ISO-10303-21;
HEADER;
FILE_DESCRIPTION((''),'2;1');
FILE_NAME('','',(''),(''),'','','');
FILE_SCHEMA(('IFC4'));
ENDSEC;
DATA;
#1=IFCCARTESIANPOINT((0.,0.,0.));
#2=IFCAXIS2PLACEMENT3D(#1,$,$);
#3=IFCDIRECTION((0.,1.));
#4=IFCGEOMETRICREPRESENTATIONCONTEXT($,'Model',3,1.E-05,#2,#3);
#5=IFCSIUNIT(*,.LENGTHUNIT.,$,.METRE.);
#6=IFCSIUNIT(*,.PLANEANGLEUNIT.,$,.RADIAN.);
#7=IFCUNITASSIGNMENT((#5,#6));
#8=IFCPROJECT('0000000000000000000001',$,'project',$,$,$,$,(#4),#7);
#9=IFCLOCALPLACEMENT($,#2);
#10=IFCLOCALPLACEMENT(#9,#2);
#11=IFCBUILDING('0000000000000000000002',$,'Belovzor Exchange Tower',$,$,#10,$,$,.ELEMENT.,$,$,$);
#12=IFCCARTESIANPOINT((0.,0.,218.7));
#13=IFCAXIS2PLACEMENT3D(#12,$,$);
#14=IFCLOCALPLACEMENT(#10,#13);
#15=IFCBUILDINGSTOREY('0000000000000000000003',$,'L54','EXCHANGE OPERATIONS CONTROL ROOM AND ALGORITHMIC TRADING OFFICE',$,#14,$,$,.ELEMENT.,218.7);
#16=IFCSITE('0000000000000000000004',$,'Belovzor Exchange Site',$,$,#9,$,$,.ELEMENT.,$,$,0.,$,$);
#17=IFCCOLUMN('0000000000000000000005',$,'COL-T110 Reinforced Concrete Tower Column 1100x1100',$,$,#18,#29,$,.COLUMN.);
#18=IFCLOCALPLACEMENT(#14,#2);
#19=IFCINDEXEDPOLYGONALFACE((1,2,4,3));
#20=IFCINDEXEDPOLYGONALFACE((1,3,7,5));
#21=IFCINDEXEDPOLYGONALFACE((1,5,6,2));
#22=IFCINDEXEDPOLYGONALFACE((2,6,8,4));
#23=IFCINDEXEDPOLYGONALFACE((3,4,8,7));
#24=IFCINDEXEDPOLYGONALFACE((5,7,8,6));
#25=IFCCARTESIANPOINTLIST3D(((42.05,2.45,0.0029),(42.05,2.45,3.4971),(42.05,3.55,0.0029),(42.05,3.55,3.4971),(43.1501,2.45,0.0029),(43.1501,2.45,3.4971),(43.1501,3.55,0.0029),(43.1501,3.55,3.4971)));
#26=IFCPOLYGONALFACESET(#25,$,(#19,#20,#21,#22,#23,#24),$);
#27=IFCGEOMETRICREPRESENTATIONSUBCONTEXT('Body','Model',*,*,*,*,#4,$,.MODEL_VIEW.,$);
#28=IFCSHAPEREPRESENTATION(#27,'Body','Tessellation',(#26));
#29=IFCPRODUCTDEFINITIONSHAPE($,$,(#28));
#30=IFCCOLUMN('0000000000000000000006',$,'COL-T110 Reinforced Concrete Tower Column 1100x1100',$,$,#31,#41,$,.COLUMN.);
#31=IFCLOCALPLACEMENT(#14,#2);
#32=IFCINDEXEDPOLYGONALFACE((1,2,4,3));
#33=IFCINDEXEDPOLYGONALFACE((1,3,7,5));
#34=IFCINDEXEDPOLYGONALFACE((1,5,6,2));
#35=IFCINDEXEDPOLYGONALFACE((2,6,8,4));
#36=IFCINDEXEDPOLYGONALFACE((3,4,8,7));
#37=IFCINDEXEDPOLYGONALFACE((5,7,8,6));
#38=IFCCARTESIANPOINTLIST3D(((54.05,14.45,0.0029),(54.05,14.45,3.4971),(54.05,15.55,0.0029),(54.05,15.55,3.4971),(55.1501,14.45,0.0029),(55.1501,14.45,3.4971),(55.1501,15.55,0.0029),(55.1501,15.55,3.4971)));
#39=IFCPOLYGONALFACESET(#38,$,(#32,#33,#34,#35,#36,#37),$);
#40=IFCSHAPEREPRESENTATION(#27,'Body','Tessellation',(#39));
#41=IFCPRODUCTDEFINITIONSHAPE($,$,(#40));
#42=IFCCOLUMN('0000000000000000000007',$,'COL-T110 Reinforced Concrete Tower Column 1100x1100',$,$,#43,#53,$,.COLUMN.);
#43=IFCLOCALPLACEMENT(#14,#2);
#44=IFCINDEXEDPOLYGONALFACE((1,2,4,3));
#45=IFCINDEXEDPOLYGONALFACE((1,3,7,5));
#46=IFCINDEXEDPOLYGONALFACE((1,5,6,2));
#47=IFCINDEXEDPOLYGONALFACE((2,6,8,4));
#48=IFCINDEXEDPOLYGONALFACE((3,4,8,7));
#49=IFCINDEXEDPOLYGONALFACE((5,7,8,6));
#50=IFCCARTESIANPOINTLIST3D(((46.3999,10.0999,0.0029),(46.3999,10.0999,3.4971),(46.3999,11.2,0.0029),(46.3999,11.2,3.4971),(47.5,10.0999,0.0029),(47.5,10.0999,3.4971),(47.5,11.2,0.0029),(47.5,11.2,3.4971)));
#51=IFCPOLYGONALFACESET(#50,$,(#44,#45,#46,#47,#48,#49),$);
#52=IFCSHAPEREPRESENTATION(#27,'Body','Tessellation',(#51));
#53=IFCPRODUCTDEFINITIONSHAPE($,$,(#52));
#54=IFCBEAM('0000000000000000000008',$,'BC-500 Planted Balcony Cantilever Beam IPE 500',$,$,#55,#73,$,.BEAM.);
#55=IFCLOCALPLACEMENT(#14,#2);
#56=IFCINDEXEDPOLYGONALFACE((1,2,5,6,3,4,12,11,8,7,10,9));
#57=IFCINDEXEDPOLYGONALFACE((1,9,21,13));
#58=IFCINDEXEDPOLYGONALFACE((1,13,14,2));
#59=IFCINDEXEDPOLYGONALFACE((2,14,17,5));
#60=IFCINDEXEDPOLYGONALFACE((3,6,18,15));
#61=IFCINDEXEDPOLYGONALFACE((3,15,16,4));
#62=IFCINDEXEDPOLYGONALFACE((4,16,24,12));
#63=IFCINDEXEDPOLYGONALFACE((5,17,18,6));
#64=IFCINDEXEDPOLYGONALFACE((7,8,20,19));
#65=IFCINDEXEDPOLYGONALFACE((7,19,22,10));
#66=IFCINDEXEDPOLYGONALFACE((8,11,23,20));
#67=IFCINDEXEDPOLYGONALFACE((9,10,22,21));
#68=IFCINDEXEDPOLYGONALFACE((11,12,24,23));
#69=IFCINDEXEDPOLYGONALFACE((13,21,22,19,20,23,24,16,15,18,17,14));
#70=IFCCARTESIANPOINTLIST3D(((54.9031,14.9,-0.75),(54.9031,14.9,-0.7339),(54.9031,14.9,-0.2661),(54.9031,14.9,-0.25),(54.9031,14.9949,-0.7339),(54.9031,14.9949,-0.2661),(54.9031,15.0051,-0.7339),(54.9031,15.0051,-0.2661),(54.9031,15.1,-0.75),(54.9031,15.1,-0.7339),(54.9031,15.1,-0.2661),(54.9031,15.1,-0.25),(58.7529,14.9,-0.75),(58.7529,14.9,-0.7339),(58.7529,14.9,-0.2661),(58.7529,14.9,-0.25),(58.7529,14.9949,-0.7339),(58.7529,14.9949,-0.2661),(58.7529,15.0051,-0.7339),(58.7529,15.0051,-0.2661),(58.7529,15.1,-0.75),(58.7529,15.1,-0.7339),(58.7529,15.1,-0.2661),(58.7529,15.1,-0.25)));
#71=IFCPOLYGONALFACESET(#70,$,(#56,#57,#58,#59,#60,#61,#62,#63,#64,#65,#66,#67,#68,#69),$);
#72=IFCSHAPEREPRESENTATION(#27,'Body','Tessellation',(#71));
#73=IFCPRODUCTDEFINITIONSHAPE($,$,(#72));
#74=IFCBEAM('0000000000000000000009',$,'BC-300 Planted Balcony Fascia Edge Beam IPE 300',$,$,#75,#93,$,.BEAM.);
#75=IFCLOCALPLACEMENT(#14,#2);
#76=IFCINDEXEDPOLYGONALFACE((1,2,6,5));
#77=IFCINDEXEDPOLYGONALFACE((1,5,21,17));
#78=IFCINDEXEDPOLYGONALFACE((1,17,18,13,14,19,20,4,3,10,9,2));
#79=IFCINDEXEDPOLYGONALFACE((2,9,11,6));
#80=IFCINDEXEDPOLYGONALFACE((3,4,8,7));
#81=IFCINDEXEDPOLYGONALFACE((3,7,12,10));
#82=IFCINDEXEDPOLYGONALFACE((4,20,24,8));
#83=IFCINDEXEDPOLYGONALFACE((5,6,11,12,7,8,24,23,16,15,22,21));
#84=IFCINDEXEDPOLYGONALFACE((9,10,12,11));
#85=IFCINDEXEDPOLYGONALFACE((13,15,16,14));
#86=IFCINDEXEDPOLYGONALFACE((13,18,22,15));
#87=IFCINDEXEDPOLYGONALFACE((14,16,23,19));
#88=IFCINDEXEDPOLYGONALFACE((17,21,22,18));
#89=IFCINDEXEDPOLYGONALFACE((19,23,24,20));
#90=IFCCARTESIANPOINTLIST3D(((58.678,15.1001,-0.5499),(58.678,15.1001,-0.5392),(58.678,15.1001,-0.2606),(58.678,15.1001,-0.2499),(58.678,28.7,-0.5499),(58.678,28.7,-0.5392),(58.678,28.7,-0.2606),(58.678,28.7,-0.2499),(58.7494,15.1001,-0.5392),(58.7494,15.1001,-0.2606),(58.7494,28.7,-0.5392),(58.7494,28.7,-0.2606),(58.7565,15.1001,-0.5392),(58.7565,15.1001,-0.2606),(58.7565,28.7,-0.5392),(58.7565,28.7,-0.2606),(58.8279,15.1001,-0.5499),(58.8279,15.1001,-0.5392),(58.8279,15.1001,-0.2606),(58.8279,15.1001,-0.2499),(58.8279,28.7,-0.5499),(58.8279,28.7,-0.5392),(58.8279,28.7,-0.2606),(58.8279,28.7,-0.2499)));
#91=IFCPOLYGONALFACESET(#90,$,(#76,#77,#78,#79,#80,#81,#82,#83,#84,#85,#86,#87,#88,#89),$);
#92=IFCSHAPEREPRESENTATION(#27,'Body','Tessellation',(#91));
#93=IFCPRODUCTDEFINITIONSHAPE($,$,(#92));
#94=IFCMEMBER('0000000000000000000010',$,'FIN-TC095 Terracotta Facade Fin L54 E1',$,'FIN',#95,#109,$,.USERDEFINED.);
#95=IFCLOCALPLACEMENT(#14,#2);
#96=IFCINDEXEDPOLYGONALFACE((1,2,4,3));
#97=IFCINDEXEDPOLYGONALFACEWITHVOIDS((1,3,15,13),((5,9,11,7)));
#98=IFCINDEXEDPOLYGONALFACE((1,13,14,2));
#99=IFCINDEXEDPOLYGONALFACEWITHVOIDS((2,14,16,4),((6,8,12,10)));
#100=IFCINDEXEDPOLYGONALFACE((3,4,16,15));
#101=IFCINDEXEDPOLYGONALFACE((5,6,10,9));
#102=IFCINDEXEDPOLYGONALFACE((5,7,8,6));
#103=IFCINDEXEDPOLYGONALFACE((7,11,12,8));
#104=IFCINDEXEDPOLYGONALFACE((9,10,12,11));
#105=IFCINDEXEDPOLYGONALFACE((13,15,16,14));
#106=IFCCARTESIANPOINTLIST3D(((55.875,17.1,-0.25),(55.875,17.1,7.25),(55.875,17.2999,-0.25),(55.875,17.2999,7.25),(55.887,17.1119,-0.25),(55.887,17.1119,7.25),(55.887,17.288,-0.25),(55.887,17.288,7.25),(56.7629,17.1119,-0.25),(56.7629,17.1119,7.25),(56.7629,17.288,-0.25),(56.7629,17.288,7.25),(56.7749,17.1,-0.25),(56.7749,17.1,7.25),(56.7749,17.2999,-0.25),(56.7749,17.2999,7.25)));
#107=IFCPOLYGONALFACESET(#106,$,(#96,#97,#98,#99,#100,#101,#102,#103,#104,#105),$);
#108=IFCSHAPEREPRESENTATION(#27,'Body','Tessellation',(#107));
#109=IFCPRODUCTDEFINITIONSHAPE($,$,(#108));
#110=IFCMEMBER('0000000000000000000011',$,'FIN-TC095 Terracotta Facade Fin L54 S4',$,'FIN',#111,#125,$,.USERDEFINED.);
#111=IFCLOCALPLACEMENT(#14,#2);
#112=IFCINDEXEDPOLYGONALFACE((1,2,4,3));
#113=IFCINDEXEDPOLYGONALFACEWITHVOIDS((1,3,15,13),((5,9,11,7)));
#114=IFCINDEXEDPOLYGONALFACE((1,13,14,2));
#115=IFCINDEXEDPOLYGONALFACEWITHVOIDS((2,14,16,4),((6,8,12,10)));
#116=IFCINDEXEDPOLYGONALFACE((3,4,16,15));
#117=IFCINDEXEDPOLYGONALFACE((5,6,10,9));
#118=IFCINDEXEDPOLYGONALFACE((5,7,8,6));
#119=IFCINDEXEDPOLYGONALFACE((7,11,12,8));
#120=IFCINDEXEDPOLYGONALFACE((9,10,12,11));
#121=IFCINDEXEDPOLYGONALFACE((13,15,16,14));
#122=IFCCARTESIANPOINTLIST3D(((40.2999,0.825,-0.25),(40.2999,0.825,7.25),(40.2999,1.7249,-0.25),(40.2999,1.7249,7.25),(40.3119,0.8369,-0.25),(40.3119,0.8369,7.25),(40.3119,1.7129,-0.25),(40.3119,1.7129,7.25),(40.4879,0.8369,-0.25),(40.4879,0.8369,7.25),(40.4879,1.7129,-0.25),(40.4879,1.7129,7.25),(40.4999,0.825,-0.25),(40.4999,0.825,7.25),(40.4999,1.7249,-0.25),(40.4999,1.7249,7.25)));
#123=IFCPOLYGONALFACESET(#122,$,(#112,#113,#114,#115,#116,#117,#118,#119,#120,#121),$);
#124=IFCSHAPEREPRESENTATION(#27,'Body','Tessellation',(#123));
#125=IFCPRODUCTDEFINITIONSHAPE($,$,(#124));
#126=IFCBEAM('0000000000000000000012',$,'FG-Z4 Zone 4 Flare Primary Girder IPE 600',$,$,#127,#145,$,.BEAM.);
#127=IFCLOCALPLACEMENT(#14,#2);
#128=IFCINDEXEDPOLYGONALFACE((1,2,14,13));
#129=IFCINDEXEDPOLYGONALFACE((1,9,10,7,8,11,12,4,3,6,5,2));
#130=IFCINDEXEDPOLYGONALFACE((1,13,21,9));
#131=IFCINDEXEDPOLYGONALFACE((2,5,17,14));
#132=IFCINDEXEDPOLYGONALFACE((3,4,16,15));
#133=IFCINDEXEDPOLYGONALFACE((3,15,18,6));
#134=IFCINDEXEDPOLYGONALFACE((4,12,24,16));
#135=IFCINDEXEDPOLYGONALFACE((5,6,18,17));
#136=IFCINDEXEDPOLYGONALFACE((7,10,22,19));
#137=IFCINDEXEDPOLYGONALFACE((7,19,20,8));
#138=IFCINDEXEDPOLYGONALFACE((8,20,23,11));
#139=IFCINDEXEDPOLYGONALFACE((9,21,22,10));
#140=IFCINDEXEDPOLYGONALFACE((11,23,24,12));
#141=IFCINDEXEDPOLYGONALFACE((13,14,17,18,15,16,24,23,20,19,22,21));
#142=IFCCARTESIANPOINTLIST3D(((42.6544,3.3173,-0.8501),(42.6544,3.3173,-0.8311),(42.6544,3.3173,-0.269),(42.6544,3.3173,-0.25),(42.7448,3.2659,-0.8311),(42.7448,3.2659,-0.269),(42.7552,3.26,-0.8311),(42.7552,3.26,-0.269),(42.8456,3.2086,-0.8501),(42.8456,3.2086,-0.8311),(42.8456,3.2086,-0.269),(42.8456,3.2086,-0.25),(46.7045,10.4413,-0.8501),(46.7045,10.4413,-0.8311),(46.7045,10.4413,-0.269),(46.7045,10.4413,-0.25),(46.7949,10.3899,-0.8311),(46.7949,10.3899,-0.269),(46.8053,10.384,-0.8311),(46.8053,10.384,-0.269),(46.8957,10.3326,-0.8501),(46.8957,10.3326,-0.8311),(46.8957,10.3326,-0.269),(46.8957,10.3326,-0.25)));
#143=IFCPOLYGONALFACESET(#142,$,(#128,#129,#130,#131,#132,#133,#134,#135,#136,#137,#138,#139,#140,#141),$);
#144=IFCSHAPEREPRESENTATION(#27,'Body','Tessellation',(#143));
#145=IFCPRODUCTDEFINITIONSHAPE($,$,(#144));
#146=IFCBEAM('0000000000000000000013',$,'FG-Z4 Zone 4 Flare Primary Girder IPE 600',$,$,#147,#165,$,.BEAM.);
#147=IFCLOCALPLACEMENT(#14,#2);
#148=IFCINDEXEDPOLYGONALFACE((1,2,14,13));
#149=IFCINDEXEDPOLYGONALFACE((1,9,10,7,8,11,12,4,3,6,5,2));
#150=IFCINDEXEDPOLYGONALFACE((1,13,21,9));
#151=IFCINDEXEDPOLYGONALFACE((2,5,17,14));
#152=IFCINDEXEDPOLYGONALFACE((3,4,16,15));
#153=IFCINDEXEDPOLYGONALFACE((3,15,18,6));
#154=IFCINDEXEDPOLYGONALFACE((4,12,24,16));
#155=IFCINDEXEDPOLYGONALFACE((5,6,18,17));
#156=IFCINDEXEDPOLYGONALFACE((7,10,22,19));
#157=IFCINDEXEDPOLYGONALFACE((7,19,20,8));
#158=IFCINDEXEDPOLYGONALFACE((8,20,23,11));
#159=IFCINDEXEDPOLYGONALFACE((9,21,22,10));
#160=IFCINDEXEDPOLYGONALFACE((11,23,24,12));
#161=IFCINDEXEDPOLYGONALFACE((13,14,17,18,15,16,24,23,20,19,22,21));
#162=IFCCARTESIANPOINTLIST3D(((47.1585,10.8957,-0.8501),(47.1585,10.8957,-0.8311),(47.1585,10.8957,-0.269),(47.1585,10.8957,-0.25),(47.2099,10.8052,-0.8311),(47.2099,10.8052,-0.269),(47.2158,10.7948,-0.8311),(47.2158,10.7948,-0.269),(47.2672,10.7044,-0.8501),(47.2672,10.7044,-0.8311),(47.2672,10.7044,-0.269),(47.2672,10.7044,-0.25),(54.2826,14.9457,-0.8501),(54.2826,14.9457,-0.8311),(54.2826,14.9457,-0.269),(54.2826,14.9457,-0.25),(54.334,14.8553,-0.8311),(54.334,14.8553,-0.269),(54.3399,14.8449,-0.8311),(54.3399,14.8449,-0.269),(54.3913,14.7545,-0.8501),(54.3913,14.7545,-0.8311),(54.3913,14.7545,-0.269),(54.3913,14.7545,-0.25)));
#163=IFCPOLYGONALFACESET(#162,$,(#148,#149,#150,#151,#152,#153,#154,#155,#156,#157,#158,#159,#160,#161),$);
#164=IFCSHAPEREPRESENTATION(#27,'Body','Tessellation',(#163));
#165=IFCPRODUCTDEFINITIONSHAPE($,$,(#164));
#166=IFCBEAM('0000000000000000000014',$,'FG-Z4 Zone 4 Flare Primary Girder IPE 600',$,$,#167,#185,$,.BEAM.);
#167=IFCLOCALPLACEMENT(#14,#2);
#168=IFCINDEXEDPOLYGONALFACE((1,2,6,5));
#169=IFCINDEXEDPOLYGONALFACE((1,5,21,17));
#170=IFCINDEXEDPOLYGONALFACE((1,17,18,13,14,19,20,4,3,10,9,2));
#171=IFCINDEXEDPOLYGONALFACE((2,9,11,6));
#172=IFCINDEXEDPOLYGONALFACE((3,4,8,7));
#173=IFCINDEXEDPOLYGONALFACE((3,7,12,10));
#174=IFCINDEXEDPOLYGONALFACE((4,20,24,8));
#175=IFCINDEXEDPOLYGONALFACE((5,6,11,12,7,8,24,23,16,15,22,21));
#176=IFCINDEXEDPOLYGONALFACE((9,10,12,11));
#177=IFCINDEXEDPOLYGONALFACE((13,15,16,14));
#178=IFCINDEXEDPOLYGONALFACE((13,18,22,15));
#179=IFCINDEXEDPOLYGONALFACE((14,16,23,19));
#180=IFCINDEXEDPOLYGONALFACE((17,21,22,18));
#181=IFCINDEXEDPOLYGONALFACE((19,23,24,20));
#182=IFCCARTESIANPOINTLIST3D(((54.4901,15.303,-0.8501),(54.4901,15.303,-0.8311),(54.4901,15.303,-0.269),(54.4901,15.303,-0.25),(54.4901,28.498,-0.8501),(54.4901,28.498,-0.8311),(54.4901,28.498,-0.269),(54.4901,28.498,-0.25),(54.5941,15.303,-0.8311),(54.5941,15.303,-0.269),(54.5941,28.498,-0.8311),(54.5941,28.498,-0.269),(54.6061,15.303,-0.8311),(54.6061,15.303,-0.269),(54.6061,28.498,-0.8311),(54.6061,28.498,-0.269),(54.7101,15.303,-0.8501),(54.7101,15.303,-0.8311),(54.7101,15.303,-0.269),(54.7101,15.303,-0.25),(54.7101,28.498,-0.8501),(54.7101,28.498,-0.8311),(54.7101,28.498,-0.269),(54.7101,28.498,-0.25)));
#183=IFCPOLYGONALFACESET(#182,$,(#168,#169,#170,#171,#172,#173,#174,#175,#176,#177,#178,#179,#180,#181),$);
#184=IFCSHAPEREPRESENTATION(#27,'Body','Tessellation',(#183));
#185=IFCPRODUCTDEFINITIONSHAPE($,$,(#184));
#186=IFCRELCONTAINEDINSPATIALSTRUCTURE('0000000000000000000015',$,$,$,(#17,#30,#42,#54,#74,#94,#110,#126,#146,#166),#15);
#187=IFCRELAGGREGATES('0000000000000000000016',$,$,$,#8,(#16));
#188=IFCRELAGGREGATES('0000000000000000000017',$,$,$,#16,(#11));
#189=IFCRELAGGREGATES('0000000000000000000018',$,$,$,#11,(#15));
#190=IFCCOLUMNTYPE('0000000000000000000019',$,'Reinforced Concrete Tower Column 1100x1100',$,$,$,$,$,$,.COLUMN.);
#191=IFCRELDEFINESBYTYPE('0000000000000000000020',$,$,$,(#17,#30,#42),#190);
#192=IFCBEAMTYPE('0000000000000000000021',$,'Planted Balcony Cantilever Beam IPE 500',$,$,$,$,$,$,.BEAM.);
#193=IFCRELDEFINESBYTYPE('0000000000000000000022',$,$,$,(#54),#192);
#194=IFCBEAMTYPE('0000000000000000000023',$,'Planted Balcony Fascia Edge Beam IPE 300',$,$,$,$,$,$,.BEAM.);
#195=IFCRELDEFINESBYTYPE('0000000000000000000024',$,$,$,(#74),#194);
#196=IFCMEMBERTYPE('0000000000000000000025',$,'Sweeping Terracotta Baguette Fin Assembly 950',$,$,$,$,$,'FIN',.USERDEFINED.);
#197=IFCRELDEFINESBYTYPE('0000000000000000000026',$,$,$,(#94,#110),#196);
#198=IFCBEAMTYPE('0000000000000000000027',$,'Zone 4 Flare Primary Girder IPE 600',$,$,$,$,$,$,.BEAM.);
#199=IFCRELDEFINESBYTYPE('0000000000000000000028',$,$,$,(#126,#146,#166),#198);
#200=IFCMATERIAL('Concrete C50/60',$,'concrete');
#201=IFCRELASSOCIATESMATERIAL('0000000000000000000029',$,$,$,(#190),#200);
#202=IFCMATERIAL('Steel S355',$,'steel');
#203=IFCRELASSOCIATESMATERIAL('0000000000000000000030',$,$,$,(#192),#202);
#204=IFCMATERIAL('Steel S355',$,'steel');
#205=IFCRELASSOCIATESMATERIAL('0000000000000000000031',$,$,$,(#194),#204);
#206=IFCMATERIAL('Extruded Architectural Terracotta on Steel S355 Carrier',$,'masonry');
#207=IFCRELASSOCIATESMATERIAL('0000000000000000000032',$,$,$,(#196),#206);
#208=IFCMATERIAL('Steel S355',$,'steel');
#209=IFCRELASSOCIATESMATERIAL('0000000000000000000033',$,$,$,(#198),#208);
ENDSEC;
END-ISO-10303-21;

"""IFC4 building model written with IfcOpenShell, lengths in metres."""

from ifc_helpers import new_model, si_unit, direction, frame, origin, origin_2d, place, context, subcontext, project, spatial, rectangle, hollow_rectangle, i_section, extrude, material, material_profile, profile_set, type_object, element, save


model = new_model("IFC4")

# Units and contexts
model_context = context("Model", 3, precision=1e-05, world=origin(), true_north=direction((0.0, 1.0)))
body_context = subcontext(model_context, "Body", "Model", "MODEL_VIEW")
ifc_project = project(units=[si_unit("LENGTHUNIT", "METRE"), si_unit("PLANEANGLEUNIT", "RADIAN")], contexts=[model_context])

# Site, building, storey
site_placement = place(None, origin())
site = spatial("IfcSite", under=ifc_project, at=site_placement, Name="Belovzor Exchange Site", CompositionType="ELEMENT", RefElevation=0.0)
building_placement = place(site_placement, origin())
building = spatial("IfcBuilding", under=site, at=building_placement, Name="Belovzor Exchange Tower", CompositionType="ELEMENT")
storey_placement = place(building_placement, frame((0.0, 0.0, 218.7)))
storey = spatial("IfcBuildingStorey", under=building, at=storey_placement, Name="L54", Description="EXCHANGE OPERATIONS CONTROL ROOM AND ALGORITHMIC TRADING OFFICE", CompositionType="ELEMENT", Elevation=218.7)

# Columns
ifc_material_1 = material(Name="Concrete C50/60", Category="concrete")
ifc_material_profile_1 = material_profile(ifc_material_1, rectangle(XDim=1.1001, YDim=1.1001, at=origin_2d()))
ifc_profile_set_1 = profile_set([ifc_material_profile_1], Name="Concrete C50/60")
column_type = type_object("IfcColumnType", Name="Reinforced Concrete Tower Column 1100x1100", PredefinedType="COLUMN", material=ifc_profile_set_1)
for number, where, z_axis, x_axis, name in (
    (1, (42.6001, 3.0, 0.0029), (0.0, 0.0, 1.0), (1.0, 0.0, 0.0), "COL-T110 Reinforced Concrete Tower Column 1100x1100"),
    (2, (54.6001, 15.0, 0.0029), (0.0, 0.0, 1.0), (1.0, 0.0, 0.0), "COL-T110 Reinforced Concrete Tower Column 1100x1100"),
    (3, (46.95, 10.6499, 0.0029), (0.0, 0.0, 1.0), (1.0, 0.0, 0.0), "COL-T110 Reinforced Concrete Tower Column 1100x1100"),
):
    element("IfcColumn", number, at=place(storey_placement, frame(where, z_axis=z_axis, x_axis=x_axis)), inside=storey, type_object=column_type, Name=name, PredefinedType="COLUMN", context=body_context, shape_type="SweptSolid", body=[
        extrude(rectangle(XDim=1.1001, YDim=1.1001, at=origin_2d()), origin(), (0.0, 0.0, 1.0), 3.4941),
    ])

# Beams
ifc_material_2 = material(Name="Steel S355", Category="steel")
ifc_material_profile_2 = material_profile(ifc_material_2, i_section(OverallWidth=0.2, OverallDepth=0.5, WebThickness=0.0103, FlangeThickness=0.0161, at=origin_2d()))
ifc_profile_set_2 = profile_set([ifc_material_profile_2], Name="Steel S355")
beam_type_1 = type_object("IfcBeamType", Name="Planted Balcony Cantilever Beam IPE 500", PredefinedType="BEAM", material=ifc_profile_set_2)
beam_1_placement = place(storey_placement, frame((54.9031, 15.0, -0.5), z_axis=(1.0, 0.0, 0.0), x_axis=(0.0, 1.0, 0.0)))
element("IfcBeam", 4, at=beam_1_placement, inside=storey, type_object=beam_type_1, Name="BC-500 Planted Balcony Cantilever Beam IPE 500", PredefinedType="BEAM", context=body_context, shape_type="SweptSolid", body=[
    extrude(i_section(OverallWidth=0.2, OverallDepth=0.5, WebThickness=0.0103, FlangeThickness=0.0161, at=origin_2d()), origin(), (0.0, 0.0, 1.0), 3.8499),
])
ifc_material_3 = material(Name="Steel S355", Category="steel")
ifc_material_profile_3 = material_profile(ifc_material_3, i_section(OverallWidth=0.1499, OverallDepth=0.3, WebThickness=0.0071, FlangeThickness=0.0107, at=origin_2d()))
ifc_profile_set_3 = profile_set([ifc_material_profile_3], Name="Steel S355")
beam_type_2 = type_object("IfcBeamType", Name="Planted Balcony Fascia Edge Beam IPE 300", PredefinedType="BEAM", material=ifc_profile_set_3)
beam_2_placement = place(storey_placement, frame((58.7529, 15.1001, -0.3999), z_axis=(0.0, 1.0, 0.0), x_axis=(-1.0, 0.0, 0.0)))
element("IfcBeam", 5, at=beam_2_placement, inside=storey, type_object=beam_type_2, Name="BC-300 Planted Balcony Fascia Edge Beam IPE 300", PredefinedType="BEAM", context=body_context, shape_type="SweptSolid", body=[
    extrude(i_section(OverallWidth=0.1499, OverallDepth=0.3, WebThickness=0.0071, FlangeThickness=0.0107, at=origin_2d()), origin(), (0.0, 0.0, 1.0), 13.5999),
])

# Members
ifc_material_4 = material(Name="Extruded Architectural Terracotta on Steel S355 Carrier", Category="masonry")
ifc_material_profile_4 = material_profile(ifc_material_4, hollow_rectangle(XDim=0.2, YDim=0.8999, WallThickness=0.012, at=origin_2d()))
ifc_profile_set_4 = profile_set([ifc_material_profile_4], Name="Extruded Architectural Terracotta on Steel S355 Carrier")
member_type = type_object("IfcMemberType", Name="Sweeping Terracotta Baguette Fin Assembly 950", ElementType="FIN", PredefinedType="USERDEFINED", material=ifc_profile_set_4)
for number, where, z_axis, x_axis, name in (
    (6, (56.325, 17.2, -0.25), (0.0, 0.0, 1.0), (0.0, 1.0, 0.0), "FIN-TC095 Terracotta Facade Fin L54 E1"),
    (7, (40.3999, 1.2749, -0.25), (0.0, 0.0, 1.0), (1.0, 0.0, 0.0), "FIN-TC095 Terracotta Facade Fin L54 S4"),
):
    element("IfcMember", number, at=place(storey_placement, frame(where, z_axis=z_axis, x_axis=x_axis)), inside=storey, type_object=member_type, Name=name, ObjectType="FIN", PredefinedType="USERDEFINED", context=body_context, shape_type="SweptSolid", body=[
        extrude(hollow_rectangle(XDim=0.2, YDim=0.8999, WallThickness=0.012, at=origin_2d()), origin(), (0.0, 0.0, 1.0), 7.5),
    ])

# Beams
ifc_material_5 = material(Name="Steel S355", Category="steel")
ifc_material_profile_5 = material_profile(ifc_material_5, i_section(OverallWidth=0.22, OverallDepth=0.6001, WebThickness=0.012, FlangeThickness=0.019, at=origin_2d()))
ifc_profile_set_5 = profile_set([ifc_material_profile_5], Name="Steel S355")
beam_type_3 = type_object("IfcBeamType", Name="Zone 4 Flare Primary Girder IPE 600", PredefinedType="BEAM", material=ifc_profile_set_5)
for number, where, z_axis, x_axis, name in (
    (8, (42.75, 3.2629, -0.55), (0.494222, 0.869336, 0.0), (-0.869336, 0.494222, 0.0), "FG-Z4 Zone 4 Flare Primary Girder IPE 600"),
    (9, (47.2129, 10.8, -0.55), (0.869336, 0.494222, 0.0), (-0.494222, 0.869336, 0.0), "FG-Z4 Zone 4 Flare Primary Girder IPE 600"),
):
    element("IfcBeam", number, at=place(storey_placement, frame(where, z_axis=z_axis, x_axis=x_axis)), inside=storey, type_object=beam_type_3, Name=name, PredefinedType="BEAM", context=body_context, shape_type="SweptSolid", body=[
        extrude(i_section(OverallWidth=0.22, OverallDepth=0.6001, WebThickness=0.012, FlangeThickness=0.019, at=origin_2d()), origin(), (0.0, 0.0, 1.0), 8.1948),
    ])
beam_3_placement = place(storey_placement, frame((54.6001, 15.303, -0.55), z_axis=(0.0, 1.0, 0.0), x_axis=(-1.0, 0.0, 0.0)))
element("IfcBeam", 10, at=beam_3_placement, inside=storey, type_object=beam_type_3, Name="FG-Z4 Zone 4 Flare Primary Girder IPE 600", PredefinedType="BEAM", context=body_context, shape_type="SweptSolid", body=[
    extrude(i_section(OverallWidth=0.22, OverallDepth=0.6001, WebThickness=0.012, FlangeThickness=0.019, at=origin_2d()), origin(), (0.0, 0.0, 1.0), 13.1951),
])

save(model, "model.ifc")
